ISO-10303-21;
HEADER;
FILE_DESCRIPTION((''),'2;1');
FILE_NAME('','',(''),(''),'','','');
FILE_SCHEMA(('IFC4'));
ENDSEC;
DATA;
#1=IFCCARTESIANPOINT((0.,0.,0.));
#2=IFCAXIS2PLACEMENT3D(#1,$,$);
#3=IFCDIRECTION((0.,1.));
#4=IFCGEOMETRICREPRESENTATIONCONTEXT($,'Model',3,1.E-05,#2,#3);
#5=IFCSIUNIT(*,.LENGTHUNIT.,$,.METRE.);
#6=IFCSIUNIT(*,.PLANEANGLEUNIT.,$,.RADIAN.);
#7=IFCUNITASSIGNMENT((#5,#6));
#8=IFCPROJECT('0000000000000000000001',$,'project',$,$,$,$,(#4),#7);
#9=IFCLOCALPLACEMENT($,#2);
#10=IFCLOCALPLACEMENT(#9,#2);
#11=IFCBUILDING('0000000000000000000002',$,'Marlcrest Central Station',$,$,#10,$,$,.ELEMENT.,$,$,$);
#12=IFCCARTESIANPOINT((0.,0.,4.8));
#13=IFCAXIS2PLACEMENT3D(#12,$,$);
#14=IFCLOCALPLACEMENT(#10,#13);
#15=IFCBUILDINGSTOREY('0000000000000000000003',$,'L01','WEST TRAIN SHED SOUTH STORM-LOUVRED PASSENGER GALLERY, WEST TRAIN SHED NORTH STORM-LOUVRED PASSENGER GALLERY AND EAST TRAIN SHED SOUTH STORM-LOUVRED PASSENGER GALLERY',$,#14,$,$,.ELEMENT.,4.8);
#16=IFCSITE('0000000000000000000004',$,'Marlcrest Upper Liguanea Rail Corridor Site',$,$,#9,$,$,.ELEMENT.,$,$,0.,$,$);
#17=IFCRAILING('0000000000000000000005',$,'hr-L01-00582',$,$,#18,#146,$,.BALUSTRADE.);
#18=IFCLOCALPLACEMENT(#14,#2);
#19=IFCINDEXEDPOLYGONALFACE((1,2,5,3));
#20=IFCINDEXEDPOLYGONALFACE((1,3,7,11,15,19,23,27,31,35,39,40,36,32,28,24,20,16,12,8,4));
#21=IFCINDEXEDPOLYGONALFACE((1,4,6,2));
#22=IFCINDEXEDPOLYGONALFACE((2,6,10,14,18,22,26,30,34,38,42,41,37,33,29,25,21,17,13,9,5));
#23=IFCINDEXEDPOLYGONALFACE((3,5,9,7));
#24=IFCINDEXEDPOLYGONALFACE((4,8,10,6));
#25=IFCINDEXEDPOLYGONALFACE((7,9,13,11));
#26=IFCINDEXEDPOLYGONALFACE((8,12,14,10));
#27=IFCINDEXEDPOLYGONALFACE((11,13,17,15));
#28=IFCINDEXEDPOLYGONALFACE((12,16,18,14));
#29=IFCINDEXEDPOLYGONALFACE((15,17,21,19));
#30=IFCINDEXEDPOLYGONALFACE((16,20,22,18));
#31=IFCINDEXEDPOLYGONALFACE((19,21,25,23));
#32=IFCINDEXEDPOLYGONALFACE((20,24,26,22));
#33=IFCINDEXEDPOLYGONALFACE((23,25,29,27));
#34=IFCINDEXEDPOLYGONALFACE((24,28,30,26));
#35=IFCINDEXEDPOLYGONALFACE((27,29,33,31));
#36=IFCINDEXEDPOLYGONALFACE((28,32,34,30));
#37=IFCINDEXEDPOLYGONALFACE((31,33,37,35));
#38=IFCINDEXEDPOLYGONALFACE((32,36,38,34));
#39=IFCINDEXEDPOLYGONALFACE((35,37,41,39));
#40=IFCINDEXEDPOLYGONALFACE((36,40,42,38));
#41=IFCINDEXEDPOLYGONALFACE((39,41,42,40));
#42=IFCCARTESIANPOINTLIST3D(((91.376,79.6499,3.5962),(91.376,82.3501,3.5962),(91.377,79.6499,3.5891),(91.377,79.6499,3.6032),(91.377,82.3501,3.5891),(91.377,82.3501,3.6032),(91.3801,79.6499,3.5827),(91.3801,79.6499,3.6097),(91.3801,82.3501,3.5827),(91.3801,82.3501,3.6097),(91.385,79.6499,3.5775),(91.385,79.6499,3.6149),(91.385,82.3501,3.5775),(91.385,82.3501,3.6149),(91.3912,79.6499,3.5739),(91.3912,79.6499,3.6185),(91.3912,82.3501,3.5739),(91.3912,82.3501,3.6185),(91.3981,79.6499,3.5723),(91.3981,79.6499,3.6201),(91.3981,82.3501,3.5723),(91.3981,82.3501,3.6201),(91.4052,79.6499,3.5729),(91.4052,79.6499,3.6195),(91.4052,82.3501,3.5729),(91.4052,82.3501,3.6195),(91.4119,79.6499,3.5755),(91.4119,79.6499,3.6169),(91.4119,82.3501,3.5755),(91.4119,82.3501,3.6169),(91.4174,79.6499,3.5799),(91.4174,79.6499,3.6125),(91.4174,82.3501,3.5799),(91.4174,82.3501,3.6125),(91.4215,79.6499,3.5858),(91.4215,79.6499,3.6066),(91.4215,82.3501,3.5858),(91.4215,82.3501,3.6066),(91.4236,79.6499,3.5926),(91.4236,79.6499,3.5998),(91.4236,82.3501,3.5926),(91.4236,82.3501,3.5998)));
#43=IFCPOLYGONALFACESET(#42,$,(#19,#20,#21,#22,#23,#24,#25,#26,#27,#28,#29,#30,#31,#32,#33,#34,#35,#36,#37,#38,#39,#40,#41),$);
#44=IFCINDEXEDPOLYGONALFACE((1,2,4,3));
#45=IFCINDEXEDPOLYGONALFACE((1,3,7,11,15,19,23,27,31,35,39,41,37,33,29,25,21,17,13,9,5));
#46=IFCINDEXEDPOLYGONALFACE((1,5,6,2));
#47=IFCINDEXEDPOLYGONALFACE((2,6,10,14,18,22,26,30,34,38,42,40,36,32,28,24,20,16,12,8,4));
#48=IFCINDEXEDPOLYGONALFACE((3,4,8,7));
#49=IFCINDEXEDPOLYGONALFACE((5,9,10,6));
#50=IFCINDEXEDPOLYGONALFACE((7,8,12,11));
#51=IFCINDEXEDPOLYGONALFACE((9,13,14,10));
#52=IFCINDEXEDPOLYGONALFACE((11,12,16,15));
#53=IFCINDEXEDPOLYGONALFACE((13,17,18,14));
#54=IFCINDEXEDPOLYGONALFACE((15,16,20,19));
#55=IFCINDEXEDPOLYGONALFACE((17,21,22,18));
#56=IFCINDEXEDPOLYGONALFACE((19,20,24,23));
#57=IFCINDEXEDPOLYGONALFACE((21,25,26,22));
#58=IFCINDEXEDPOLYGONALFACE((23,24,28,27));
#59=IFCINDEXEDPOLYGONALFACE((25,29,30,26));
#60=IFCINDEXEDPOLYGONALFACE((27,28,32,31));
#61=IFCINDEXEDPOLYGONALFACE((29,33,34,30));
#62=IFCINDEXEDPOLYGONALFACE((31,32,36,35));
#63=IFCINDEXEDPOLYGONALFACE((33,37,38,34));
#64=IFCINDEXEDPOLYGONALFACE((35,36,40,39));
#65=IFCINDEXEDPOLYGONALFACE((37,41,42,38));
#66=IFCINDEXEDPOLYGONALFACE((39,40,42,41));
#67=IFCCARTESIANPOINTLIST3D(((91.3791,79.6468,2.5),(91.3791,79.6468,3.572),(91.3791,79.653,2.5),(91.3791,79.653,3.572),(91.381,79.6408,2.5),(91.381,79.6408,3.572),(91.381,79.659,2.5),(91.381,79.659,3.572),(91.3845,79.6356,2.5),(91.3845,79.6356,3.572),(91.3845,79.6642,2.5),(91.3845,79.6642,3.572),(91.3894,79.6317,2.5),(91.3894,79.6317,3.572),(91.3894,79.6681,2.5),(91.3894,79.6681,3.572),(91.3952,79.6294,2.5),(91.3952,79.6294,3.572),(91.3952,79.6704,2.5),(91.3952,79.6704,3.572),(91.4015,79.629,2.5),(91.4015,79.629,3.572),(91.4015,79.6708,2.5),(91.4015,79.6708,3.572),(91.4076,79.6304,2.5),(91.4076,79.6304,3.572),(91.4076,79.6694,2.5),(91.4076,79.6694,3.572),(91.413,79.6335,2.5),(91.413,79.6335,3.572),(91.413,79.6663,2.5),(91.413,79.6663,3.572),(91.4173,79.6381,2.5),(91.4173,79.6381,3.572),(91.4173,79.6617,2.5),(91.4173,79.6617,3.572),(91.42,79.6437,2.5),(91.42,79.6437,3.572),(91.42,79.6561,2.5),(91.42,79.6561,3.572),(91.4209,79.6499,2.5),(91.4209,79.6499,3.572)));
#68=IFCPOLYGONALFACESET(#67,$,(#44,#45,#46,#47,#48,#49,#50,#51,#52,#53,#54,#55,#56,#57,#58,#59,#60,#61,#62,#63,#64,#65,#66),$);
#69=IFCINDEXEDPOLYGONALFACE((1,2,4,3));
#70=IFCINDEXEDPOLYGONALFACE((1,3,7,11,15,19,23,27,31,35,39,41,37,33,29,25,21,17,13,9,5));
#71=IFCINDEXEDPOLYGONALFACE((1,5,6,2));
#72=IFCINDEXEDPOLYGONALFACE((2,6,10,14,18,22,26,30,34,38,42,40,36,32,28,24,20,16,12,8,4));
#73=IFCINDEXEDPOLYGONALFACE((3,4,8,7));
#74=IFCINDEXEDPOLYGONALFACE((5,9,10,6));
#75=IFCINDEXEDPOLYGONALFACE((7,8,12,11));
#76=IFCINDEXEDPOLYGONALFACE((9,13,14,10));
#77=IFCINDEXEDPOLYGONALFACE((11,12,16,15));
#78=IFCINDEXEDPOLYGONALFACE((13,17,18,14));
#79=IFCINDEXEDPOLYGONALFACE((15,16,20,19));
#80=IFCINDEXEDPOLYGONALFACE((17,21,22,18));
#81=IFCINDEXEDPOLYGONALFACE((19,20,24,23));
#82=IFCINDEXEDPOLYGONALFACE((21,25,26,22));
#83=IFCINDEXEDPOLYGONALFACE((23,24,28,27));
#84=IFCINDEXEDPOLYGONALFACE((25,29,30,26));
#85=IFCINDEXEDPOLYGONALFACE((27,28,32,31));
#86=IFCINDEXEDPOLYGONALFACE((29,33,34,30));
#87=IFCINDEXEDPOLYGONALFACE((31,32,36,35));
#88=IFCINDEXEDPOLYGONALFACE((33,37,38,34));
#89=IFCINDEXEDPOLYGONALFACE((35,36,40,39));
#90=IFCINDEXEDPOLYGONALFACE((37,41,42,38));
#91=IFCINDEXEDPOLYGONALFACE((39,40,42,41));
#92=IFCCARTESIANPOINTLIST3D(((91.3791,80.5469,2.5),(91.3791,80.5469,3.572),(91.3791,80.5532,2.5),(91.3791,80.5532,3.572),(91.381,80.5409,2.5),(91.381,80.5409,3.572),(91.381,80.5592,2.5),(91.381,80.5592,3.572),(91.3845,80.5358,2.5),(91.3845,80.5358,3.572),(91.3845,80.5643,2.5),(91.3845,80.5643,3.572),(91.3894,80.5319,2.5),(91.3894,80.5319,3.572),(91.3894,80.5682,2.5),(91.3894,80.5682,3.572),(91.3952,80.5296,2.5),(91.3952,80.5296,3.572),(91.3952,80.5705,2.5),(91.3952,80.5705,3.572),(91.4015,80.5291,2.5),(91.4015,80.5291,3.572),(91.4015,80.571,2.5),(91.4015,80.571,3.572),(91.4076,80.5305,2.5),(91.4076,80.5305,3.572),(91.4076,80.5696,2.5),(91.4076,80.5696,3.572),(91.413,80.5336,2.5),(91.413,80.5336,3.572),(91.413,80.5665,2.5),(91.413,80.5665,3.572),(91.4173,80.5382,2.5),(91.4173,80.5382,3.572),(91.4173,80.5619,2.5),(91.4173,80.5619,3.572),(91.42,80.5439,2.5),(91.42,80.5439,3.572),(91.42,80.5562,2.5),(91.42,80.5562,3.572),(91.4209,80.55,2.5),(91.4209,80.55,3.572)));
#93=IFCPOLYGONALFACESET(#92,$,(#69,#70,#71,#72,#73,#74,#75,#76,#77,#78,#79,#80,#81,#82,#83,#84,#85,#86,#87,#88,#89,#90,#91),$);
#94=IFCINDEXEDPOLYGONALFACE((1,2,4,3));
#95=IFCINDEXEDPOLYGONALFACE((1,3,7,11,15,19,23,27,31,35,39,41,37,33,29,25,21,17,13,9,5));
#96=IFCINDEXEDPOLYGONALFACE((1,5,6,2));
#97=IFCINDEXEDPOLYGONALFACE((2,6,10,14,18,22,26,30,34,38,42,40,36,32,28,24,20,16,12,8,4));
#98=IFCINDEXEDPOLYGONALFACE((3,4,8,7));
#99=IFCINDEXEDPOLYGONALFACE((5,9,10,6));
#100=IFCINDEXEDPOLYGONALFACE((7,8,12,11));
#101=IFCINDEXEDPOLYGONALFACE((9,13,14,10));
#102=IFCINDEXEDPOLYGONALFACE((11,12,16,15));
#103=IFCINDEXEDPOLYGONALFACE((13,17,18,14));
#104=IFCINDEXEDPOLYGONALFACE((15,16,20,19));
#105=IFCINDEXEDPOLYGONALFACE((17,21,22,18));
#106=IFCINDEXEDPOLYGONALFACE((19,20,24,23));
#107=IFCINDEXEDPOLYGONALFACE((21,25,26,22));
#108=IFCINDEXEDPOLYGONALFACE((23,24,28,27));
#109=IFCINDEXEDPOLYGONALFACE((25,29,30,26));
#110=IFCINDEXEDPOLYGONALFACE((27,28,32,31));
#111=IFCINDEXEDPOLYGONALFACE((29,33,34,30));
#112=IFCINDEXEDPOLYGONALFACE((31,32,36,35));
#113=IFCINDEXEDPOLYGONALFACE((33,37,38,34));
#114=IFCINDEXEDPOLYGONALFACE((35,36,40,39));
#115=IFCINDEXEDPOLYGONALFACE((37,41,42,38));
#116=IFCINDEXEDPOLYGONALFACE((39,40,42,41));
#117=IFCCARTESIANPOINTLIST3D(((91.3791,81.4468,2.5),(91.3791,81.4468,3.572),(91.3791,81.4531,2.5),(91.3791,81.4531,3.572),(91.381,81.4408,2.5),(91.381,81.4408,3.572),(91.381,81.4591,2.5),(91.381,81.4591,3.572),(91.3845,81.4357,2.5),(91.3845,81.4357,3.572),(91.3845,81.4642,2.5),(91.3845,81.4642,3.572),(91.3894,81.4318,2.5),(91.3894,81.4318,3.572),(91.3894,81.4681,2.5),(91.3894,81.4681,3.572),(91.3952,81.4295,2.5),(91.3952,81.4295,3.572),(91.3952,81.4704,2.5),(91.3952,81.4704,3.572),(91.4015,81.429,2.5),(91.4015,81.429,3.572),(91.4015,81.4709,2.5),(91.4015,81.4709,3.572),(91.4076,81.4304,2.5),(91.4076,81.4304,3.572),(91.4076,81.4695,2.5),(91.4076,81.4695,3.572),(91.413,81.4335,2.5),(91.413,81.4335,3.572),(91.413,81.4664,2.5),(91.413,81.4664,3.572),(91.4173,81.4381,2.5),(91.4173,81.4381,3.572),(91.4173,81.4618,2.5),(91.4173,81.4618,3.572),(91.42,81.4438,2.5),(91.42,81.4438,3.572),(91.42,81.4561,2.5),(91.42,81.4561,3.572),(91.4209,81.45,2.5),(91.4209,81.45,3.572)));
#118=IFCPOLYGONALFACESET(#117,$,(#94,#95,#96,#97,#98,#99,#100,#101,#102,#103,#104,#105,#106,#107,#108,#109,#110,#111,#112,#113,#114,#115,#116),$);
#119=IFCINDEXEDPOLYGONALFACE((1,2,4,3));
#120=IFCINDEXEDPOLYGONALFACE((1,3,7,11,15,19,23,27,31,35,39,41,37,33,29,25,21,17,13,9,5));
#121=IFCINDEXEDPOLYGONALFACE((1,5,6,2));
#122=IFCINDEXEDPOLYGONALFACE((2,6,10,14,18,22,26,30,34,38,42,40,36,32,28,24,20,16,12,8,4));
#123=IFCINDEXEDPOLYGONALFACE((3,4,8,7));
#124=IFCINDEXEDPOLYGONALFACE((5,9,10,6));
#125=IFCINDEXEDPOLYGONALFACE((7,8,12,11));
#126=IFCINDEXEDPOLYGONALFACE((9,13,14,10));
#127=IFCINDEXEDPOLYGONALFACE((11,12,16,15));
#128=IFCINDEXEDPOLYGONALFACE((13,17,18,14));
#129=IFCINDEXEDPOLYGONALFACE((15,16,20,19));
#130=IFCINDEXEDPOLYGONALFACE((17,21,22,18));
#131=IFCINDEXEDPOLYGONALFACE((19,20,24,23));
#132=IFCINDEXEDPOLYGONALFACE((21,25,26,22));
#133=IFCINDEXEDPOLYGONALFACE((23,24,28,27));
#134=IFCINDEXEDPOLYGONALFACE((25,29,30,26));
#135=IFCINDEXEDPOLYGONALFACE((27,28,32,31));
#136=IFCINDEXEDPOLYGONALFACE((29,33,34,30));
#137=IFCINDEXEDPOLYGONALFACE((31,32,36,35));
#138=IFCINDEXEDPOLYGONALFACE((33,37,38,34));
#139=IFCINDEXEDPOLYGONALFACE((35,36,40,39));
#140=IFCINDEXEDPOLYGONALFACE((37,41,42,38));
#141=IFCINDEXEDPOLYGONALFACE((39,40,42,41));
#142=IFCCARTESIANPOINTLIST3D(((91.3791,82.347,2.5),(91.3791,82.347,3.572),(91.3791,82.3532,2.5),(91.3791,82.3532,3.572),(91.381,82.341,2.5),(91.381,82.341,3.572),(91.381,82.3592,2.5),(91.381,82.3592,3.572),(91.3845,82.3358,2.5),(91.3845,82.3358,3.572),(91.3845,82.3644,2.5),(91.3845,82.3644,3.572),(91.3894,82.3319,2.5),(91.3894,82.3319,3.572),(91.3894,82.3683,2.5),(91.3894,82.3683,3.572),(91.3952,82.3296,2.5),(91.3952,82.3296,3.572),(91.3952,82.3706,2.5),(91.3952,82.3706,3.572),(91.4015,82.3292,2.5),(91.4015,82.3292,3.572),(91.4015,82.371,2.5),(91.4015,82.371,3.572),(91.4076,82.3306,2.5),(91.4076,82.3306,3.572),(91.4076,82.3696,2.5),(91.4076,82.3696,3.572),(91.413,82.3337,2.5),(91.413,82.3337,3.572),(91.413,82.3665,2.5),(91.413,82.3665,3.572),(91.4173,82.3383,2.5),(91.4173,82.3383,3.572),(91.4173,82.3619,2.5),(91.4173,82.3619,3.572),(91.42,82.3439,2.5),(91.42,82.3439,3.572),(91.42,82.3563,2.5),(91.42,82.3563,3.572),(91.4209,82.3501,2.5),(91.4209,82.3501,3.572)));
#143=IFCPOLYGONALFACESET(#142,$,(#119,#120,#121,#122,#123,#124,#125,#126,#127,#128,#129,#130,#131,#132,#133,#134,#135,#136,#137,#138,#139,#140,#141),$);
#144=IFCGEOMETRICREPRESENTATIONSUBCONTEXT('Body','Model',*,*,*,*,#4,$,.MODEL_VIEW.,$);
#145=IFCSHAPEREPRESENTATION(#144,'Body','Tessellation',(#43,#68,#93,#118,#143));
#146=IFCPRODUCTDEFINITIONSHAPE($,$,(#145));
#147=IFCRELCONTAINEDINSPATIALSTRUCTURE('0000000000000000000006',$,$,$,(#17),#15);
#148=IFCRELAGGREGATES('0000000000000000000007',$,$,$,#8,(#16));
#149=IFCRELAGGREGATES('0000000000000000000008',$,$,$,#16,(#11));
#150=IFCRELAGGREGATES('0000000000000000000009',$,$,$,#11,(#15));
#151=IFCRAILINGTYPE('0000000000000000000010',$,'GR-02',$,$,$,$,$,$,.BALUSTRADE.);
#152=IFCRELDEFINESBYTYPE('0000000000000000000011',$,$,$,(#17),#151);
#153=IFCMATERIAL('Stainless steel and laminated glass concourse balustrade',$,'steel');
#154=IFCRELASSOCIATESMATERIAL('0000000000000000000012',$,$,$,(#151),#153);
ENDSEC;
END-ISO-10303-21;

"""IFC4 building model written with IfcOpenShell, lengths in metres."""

from ifc_helpers import new_model, si_unit, direction, frame, origin, origin_2d, place, context, subcontext, project, spatial, circle, extrude, material, type_object, element, save


model = new_model("IFC4")

# Units and contexts
model_context = context("Model", 3, precision=1e-05, world=origin(), true_north=direction((0.0, 1.0)))
body_context = subcontext(model_context, "Body", "Model", "MODEL_VIEW")
ifc_project = project(units=[si_unit("LENGTHUNIT", "METRE"), si_unit("PLANEANGLEUNIT", "RADIAN")], contexts=[model_context])

# Site, building, storey
site_placement = place(None, origin())
site = spatial("IfcSite", under=ifc_project, at=site_placement, Name="Marlcrest Upper Liguanea Rail Corridor Site", CompositionType="ELEMENT", RefElevation=0.0)
building_placement = place(site_placement, origin())
building = spatial("IfcBuilding", under=site, at=building_placement, Name="Marlcrest Central Station", CompositionType="ELEMENT")
storey_placement = place(building_placement, frame((0.0, 0.0, 4.8)))
storey = spatial("IfcBuildingStorey", under=building, at=storey_placement, Name="L01", Description="WEST TRAIN SHED SOUTH STORM-LOUVRED PASSENGER GALLERY, WEST TRAIN SHED NORTH STORM-LOUVRED PASSENGER GALLERY AND EAST TRAIN SHED SOUTH STORM-LOUVRED PASSENGER GALLERY", CompositionType="ELEMENT", Elevation=4.8)

# Railing
ifc_material_1 = material(Name="Stainless steel and laminated glass concourse balustrade", Category="steel")
railing_type_1 = type_object("IfcRailingType", Name="GR-02", PredefinedType="BALUSTRADE", material=ifc_material_1)
railing_1_placement = place(storey_placement, frame((91.3999, 79.6499, 2.5)))
element("IfcRailing", 1, at=railing_1_placement, inside=storey, type_object=railing_type_1, Name="hr-L01-00582", PredefinedType="BALUSTRADE", context=body_context, shape_type="SweptSolid", body=[
    extrude(circle(Radius=0.0239, at=origin_2d()), frame((0.0, 0.0, 1.0962), z_axis=(0.0, 1.0, 0.0), x_axis=(-1.0, 0.0, 0.0)), (0.0, 0.0, 1.0), 2.7002),
    extrude(circle(Radius=0.021, at=origin_2d()), origin(), (0.0, 0.0, 1.0), 1.072),
    extrude(circle(Radius=0.021, at=origin_2d()), frame((0.0, 0.9001, 0.0)), (0.0, 0.0, 1.0), 1.072),
    extrude(circle(Radius=0.021, at=origin_2d()), frame((0.0, 1.8, 0.0)), (0.0, 0.0, 1.0), 1.072),
    extrude(circle(Radius=0.021, at=origin_2d()), frame((0.0, 2.7002, 0.0)), (0.0, 0.0, 1.0), 1.072),
])

save(model, "model.ifc")
